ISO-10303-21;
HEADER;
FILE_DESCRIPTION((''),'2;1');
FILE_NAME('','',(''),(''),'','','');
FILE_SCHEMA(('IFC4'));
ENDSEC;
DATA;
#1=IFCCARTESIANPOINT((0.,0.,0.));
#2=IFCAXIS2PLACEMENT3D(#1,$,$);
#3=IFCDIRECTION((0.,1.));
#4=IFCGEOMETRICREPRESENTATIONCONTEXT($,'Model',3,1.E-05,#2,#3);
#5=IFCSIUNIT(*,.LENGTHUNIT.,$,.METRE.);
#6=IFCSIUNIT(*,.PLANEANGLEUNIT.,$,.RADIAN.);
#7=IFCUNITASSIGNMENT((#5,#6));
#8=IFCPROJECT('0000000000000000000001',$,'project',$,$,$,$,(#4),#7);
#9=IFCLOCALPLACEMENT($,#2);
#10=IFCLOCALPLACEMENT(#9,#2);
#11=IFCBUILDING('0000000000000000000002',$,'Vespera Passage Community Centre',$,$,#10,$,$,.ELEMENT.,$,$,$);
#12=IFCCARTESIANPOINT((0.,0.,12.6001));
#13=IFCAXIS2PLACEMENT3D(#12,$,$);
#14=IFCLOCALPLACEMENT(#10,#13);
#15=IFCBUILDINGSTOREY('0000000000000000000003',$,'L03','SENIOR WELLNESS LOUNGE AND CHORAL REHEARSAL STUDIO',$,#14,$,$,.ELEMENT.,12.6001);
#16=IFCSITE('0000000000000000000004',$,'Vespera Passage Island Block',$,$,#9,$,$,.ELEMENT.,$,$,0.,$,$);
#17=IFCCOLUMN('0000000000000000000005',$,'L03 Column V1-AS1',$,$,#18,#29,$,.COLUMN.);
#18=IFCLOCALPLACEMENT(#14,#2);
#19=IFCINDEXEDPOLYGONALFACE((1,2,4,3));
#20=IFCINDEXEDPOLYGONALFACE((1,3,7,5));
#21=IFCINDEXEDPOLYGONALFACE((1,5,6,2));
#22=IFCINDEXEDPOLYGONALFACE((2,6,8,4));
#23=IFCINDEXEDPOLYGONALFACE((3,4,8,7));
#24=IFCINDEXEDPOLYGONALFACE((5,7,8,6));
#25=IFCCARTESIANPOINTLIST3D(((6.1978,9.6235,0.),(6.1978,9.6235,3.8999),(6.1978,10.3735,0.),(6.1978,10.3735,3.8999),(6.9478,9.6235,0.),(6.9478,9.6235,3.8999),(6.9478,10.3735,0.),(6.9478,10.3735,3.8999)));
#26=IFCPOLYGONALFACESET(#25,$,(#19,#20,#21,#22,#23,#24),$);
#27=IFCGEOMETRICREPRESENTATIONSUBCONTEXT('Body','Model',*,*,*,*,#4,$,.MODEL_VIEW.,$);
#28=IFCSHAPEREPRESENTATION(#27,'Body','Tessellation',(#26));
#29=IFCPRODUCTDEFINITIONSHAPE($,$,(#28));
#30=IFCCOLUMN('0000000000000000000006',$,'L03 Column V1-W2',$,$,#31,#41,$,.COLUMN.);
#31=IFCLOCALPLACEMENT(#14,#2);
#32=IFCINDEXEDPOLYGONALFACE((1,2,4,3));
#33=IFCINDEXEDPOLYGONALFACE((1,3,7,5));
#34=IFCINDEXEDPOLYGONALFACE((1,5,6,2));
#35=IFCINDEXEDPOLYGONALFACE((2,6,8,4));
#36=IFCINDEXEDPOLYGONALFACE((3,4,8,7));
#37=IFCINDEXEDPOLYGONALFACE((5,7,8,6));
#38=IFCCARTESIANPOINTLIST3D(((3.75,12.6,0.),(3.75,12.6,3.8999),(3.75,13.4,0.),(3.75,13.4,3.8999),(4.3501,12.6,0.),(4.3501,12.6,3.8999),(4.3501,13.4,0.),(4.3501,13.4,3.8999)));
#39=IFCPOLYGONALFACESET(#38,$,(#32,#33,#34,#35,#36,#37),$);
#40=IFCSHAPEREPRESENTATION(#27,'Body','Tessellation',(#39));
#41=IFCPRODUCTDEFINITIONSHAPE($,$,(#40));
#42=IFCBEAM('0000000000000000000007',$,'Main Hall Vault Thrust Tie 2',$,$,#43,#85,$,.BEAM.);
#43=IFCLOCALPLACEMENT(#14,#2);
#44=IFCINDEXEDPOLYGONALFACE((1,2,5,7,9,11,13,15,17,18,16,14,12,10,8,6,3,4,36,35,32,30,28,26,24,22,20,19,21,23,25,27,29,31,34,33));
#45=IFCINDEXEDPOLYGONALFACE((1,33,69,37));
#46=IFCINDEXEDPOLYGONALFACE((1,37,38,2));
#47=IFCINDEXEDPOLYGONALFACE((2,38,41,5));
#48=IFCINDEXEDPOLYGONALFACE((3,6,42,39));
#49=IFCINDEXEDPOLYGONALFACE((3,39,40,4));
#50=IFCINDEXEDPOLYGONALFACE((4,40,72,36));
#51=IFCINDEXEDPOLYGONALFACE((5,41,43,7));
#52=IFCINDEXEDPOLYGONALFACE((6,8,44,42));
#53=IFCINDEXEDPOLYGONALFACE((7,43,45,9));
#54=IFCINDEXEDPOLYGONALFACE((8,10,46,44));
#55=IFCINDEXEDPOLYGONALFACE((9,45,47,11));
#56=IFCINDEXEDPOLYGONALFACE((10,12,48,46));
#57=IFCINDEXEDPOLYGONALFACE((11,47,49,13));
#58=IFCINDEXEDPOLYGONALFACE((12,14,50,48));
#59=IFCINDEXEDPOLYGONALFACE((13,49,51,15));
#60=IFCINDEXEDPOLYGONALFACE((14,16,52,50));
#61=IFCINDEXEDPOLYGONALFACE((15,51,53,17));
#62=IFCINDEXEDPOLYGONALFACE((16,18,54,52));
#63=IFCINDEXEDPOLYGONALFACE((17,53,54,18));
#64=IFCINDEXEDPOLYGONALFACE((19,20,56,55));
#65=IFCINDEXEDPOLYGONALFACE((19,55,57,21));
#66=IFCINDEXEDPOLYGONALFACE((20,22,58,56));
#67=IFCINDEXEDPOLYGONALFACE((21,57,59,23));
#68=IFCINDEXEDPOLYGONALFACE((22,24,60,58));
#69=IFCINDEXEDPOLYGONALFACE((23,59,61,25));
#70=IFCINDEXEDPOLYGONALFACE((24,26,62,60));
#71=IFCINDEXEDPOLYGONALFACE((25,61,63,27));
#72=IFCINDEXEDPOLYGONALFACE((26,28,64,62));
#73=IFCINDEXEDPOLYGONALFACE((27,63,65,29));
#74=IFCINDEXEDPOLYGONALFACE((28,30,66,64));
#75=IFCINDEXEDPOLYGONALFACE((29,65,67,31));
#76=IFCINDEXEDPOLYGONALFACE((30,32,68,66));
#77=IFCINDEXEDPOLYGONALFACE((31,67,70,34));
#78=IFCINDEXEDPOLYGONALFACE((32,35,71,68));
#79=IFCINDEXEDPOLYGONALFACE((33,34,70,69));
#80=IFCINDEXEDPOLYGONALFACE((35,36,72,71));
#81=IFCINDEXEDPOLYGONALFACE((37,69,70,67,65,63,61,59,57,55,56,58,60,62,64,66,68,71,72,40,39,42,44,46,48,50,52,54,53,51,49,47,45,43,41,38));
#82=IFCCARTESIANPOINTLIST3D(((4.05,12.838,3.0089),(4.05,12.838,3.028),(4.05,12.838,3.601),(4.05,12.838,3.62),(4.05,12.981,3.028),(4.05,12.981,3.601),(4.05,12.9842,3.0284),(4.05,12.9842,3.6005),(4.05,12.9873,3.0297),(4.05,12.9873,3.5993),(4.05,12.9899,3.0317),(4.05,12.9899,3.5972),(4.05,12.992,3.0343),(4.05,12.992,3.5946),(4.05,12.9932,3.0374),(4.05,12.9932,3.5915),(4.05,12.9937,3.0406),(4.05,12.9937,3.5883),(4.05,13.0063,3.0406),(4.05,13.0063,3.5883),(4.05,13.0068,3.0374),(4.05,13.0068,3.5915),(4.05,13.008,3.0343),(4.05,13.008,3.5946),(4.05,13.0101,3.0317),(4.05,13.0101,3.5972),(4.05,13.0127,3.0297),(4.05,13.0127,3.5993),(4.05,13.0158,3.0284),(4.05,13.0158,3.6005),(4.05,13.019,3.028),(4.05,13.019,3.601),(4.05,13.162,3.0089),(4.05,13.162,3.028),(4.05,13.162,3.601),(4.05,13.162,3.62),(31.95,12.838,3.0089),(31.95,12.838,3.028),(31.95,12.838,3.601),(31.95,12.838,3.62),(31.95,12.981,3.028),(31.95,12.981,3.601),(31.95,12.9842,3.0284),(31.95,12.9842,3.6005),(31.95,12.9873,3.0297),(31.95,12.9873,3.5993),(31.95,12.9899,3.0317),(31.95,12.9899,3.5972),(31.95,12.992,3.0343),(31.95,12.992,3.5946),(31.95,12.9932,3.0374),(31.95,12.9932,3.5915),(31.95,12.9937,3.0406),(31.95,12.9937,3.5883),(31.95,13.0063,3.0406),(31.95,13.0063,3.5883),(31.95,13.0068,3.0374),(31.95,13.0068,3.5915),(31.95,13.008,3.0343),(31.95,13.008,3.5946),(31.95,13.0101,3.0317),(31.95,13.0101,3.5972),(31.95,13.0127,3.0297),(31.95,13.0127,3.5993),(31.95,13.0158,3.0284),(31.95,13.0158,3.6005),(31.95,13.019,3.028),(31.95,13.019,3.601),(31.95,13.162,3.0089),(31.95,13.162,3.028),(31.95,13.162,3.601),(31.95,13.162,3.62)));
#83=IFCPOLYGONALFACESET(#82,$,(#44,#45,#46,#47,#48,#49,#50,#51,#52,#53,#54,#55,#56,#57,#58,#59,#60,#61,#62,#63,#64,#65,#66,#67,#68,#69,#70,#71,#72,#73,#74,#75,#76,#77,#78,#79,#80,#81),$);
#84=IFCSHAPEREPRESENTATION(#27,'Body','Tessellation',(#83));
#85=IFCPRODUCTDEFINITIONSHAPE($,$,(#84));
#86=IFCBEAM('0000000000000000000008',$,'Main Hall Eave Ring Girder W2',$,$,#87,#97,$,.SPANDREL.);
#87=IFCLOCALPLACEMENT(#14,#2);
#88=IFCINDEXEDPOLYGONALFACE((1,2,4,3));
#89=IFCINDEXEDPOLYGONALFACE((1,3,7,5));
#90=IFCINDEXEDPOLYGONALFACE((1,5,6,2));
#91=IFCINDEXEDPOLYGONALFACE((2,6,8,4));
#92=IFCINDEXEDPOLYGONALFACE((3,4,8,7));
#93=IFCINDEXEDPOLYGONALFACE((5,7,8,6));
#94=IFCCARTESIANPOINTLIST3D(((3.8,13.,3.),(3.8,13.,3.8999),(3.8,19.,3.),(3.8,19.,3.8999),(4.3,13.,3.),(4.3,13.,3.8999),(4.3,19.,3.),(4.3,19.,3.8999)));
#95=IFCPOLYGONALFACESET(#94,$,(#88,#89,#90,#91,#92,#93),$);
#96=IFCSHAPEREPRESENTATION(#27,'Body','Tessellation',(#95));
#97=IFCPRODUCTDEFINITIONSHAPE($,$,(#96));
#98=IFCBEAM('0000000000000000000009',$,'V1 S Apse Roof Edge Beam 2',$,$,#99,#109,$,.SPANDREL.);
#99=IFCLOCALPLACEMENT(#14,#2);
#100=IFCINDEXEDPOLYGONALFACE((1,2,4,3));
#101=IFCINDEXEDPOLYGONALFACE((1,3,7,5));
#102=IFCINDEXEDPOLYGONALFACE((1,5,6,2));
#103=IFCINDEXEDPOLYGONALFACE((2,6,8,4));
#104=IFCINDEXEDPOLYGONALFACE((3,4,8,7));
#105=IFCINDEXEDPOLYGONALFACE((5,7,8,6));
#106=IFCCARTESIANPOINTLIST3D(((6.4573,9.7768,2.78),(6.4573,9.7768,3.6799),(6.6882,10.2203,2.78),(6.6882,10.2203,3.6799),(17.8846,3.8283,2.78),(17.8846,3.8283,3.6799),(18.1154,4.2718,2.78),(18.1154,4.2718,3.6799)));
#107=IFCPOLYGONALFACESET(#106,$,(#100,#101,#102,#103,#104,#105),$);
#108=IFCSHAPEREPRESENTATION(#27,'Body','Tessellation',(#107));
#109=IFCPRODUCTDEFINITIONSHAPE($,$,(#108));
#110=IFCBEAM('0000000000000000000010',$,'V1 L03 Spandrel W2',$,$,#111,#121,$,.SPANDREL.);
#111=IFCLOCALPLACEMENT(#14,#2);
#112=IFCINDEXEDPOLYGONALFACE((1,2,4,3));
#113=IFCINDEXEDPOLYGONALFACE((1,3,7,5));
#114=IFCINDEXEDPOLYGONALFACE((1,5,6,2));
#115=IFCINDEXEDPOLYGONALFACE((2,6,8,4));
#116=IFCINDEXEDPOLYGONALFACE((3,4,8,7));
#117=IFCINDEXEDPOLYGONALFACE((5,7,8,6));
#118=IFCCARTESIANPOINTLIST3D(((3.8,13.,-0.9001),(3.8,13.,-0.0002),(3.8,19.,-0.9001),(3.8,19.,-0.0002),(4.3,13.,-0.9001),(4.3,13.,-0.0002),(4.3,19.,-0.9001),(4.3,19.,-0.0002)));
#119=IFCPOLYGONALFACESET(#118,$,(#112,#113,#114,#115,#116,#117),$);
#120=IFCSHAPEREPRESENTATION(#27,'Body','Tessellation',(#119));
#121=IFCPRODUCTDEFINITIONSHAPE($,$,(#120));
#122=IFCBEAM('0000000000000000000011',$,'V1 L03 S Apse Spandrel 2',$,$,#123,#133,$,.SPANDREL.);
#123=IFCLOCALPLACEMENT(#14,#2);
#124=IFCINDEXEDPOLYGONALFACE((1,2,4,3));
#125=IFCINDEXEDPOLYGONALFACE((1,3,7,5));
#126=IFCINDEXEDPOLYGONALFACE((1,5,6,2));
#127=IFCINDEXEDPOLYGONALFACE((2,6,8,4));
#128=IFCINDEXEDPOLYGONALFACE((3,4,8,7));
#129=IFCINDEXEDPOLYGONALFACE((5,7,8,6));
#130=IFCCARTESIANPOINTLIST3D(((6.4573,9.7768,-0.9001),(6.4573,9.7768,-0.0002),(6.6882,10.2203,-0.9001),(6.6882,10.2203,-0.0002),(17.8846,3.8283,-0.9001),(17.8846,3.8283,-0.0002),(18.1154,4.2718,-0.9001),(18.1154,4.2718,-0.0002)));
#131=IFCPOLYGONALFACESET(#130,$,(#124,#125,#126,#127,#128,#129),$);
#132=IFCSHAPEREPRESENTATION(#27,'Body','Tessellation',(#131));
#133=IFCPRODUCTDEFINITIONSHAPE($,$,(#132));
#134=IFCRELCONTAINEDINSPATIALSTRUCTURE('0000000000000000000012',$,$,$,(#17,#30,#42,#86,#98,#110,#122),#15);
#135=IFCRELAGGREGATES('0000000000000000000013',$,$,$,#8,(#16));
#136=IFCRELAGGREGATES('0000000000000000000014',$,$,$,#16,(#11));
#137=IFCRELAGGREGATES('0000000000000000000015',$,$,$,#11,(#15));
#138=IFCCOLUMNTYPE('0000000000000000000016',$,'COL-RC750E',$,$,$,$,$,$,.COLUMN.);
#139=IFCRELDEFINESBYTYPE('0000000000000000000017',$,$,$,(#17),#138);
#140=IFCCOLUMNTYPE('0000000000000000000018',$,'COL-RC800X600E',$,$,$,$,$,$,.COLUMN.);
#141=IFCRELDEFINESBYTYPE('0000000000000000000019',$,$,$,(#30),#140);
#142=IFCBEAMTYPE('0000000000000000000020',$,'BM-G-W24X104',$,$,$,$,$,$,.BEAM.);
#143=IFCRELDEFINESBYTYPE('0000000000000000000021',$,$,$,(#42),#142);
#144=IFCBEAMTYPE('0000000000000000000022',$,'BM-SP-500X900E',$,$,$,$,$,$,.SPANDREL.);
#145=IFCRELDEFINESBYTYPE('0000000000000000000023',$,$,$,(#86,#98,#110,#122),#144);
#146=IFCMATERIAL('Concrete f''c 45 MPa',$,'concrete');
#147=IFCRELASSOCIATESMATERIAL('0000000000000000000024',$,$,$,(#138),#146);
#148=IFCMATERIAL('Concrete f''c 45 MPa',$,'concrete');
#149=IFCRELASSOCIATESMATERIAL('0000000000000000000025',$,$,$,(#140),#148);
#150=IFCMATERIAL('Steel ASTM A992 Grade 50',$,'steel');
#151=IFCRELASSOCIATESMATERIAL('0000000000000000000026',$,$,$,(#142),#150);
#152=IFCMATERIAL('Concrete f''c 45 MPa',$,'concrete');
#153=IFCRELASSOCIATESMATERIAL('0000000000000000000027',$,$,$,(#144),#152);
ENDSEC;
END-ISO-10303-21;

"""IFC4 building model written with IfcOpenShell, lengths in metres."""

from ifc_helpers import new_model, si_unit, direction, frame, origin, origin_2d, place, context, subcontext, project, spatial, rectangle, i_section, extrude, material, material_profile, profile_set, type_object, element, save


model = new_model("IFC4")

# Units and contexts
model_context = context("Model", 3, precision=1e-05, world=origin(), true_north=direction((0.0, 1.0)))
body_context = subcontext(model_context, "Body", "Model", "MODEL_VIEW")
ifc_project = project(units=[si_unit("LENGTHUNIT", "METRE"), si_unit("PLANEANGLEUNIT", "RADIAN")], contexts=[model_context])

# Site, building, storey
site_placement = place(None, origin())
site = spatial("IfcSite", under=ifc_project, at=site_placement, Name="Vespera Passage Island Block", CompositionType="ELEMENT", RefElevation=0.0)
building_placement = place(site_placement, origin())
building = spatial("IfcBuilding", under=site, at=building_placement, Name="Vespera Passage Community Centre", CompositionType="ELEMENT")
storey_placement = place(building_placement, frame((0.0, 0.0, 12.6001)))
storey = spatial("IfcBuildingStorey", under=building, at=storey_placement, Name="L03", Description="SENIOR WELLNESS LOUNGE AND CHORAL REHEARSAL STUDIO", CompositionType="ELEMENT", Elevation=12.6001)

# Columns
ifc_material_1 = material(Name="Concrete f'c 45 MPa", Category="concrete")
ifc_material_profile_1 = material_profile(ifc_material_1, rectangle(XDim=0.75, YDim=0.75, at=origin_2d()), Name="RC750X750")
ifc_profile_set_1 = profile_set([ifc_material_profile_1], Name="Concrete f'c 45 MPa")
column_type_1 = type_object("IfcColumnType", Name="COL-RC750E", PredefinedType="COLUMN", material=ifc_profile_set_1)
column_1_placement = place(storey_placement, frame((6.5728, 9.9985, 0.0), z_axis=(0.0, 0.0, 1.0), x_axis=(1.0, 0.0, 0.0)))
element("IfcColumn", 1, at=column_1_placement, inside=storey, type_object=column_type_1, Name="L03 Column V1-AS1", PredefinedType="COLUMN", context=body_context, shape_type="SweptSolid", body=[
    extrude(rectangle(XDim=0.75, YDim=0.75, at=origin_2d()), origin(), (0.0, 0.0, 1.0), 3.8999),
])
ifc_material_2 = material(Name="Concrete f'c 45 MPa", Category="concrete")
ifc_material_profile_2 = material_profile(ifc_material_2, rectangle(XDim=0.6001, YDim=0.8, at=origin_2d()), Name="RC800X600")
ifc_profile_set_2 = profile_set([ifc_material_profile_2], Name="Concrete f'c 45 MPa")
column_type_2 = type_object("IfcColumnType", Name="COL-RC800X600E", PredefinedType="COLUMN", material=ifc_profile_set_2)
column_2_placement = place(storey_placement, frame((4.05, 13.0, 0.0), z_axis=(0.0, 0.0, 1.0), x_axis=(1.0, 0.0, 0.0)))
element("IfcColumn", 2, at=column_2_placement, inside=storey, type_object=column_type_2, Name="L03 Column V1-W2", PredefinedType="COLUMN", context=body_context, shape_type="SweptSolid", body=[
    extrude(rectangle(XDim=0.6001, YDim=0.8, at=origin_2d()), origin(), (0.0, 0.0, 1.0), 3.8999),
])

# Beams
ifc_material_3 = material(Name="Steel ASTM A992 Grade 50", Category="steel")
ifc_material_profile_3 = material_profile(ifc_material_3, i_section(OverallWidth=0.324, OverallDepth=0.6111, WebThickness=0.0127, FlangeThickness=0.019, FilletRadius=0.0127, at=origin_2d()), Name="W24X104")
ifc_profile_set_3 = profile_set([ifc_material_profile_3], Name="Steel ASTM A992 Grade 50")
beam_type_1 = type_object("IfcBeamType", Name="BM-G-W24X104", PredefinedType="BEAM", material=ifc_profile_set_3)
beam_1_placement = place(storey_placement, frame((4.05, 13.0, 3.3145), z_axis=(1.0, 0.0, 0.0), x_axis=(0.0, 1.0, 0.0)))
element("IfcBeam", 3, at=beam_1_placement, inside=storey, type_object=beam_type_1, Name="Main Hall Vault Thrust Tie 2", PredefinedType="BEAM", context=body_context, shape_type="SweptSolid", body=[
    extrude(i_section(OverallWidth=0.324, OverallDepth=0.6111, WebThickness=0.0127, FlangeThickness=0.019, FilletRadius=0.0127, at=origin_2d()), origin(), (0.0, 0.0, 1.0), 27.8999),
])
ifc_material_4 = material(Name="Concrete f'c 45 MPa", Category="concrete")
ifc_material_profile_4 = material_profile(ifc_material_4, rectangle(XDim=0.5, YDim=0.8999, at=origin_2d()), Name="RC500X900")
ifc_profile_set_4 = profile_set([ifc_material_profile_4], Name="Concrete f'c 45 MPa")
beam_type_2 = type_object("IfcBeamType", Name="BM-SP-500X900E", PredefinedType="SPANDREL", material=ifc_profile_set_4)
beam_2_placement = place(storey_placement, frame((4.05, 13.0, 3.45), z_axis=(0.0, 1.0, 0.0), x_axis=(-1.0, 0.0, 0.0)))
element("IfcBeam", 4, at=beam_2_placement, inside=storey, type_object=beam_type_2, Name="Main Hall Eave Ring Girder W2", PredefinedType="SPANDREL", context=body_context, shape_type="SweptSolid", body=[
    extrude(rectangle(XDim=0.5, YDim=0.8999, at=origin_2d()), origin(), (0.0, 0.0, 1.0), 6.0),
])
beam_3_placement = place(storey_placement, frame((6.5728, 9.9985, 3.23), z_axis=(0.887016, -0.461739, 0.0), x_axis=(0.461739, 0.887016, 0.0)))
element("IfcBeam", 5, at=beam_3_placement, inside=storey, type_object=beam_type_2, Name="V1 S Apse Roof Edge Beam 2", PredefinedType="SPANDREL", context=body_context, shape_type="SweptSolid", body=[
    extrude(rectangle(XDim=0.5, YDim=0.8999, at=origin_2d()), origin(), (0.0, 0.0, 1.0), 12.8828),
])
beam_4_placement = place(storey_placement, frame((4.05, 13.0, -0.4502), z_axis=(0.0, 1.0, 0.0), x_axis=(-1.0, 0.0, 0.0)))
element("IfcBeam", 6, at=beam_4_placement, inside=storey, type_object=beam_type_2, Name="V1 L03 Spandrel W2", PredefinedType="SPANDREL", context=body_context, shape_type="SweptSolid", body=[
    extrude(rectangle(XDim=0.5, YDim=0.8999, at=origin_2d()), origin(), (0.0, 0.0, 1.0), 6.0),
])
beam_5_placement = place(storey_placement, frame((6.5728, 9.9985, -0.4502), z_axis=(0.887016, -0.461739, 0.0), x_axis=(0.461739, 0.887016, 0.0)))
element("IfcBeam", 7, at=beam_5_placement, inside=storey, type_object=beam_type_2, Name="V1 L03 S Apse Spandrel 2", PredefinedType="SPANDREL", context=body_context, shape_type="SweptSolid", body=[
    extrude(rectangle(XDim=0.5, YDim=0.8999, at=origin_2d()), origin(), (0.0, 0.0, 1.0), 12.8828),
])

save(model, "model.ifc")
